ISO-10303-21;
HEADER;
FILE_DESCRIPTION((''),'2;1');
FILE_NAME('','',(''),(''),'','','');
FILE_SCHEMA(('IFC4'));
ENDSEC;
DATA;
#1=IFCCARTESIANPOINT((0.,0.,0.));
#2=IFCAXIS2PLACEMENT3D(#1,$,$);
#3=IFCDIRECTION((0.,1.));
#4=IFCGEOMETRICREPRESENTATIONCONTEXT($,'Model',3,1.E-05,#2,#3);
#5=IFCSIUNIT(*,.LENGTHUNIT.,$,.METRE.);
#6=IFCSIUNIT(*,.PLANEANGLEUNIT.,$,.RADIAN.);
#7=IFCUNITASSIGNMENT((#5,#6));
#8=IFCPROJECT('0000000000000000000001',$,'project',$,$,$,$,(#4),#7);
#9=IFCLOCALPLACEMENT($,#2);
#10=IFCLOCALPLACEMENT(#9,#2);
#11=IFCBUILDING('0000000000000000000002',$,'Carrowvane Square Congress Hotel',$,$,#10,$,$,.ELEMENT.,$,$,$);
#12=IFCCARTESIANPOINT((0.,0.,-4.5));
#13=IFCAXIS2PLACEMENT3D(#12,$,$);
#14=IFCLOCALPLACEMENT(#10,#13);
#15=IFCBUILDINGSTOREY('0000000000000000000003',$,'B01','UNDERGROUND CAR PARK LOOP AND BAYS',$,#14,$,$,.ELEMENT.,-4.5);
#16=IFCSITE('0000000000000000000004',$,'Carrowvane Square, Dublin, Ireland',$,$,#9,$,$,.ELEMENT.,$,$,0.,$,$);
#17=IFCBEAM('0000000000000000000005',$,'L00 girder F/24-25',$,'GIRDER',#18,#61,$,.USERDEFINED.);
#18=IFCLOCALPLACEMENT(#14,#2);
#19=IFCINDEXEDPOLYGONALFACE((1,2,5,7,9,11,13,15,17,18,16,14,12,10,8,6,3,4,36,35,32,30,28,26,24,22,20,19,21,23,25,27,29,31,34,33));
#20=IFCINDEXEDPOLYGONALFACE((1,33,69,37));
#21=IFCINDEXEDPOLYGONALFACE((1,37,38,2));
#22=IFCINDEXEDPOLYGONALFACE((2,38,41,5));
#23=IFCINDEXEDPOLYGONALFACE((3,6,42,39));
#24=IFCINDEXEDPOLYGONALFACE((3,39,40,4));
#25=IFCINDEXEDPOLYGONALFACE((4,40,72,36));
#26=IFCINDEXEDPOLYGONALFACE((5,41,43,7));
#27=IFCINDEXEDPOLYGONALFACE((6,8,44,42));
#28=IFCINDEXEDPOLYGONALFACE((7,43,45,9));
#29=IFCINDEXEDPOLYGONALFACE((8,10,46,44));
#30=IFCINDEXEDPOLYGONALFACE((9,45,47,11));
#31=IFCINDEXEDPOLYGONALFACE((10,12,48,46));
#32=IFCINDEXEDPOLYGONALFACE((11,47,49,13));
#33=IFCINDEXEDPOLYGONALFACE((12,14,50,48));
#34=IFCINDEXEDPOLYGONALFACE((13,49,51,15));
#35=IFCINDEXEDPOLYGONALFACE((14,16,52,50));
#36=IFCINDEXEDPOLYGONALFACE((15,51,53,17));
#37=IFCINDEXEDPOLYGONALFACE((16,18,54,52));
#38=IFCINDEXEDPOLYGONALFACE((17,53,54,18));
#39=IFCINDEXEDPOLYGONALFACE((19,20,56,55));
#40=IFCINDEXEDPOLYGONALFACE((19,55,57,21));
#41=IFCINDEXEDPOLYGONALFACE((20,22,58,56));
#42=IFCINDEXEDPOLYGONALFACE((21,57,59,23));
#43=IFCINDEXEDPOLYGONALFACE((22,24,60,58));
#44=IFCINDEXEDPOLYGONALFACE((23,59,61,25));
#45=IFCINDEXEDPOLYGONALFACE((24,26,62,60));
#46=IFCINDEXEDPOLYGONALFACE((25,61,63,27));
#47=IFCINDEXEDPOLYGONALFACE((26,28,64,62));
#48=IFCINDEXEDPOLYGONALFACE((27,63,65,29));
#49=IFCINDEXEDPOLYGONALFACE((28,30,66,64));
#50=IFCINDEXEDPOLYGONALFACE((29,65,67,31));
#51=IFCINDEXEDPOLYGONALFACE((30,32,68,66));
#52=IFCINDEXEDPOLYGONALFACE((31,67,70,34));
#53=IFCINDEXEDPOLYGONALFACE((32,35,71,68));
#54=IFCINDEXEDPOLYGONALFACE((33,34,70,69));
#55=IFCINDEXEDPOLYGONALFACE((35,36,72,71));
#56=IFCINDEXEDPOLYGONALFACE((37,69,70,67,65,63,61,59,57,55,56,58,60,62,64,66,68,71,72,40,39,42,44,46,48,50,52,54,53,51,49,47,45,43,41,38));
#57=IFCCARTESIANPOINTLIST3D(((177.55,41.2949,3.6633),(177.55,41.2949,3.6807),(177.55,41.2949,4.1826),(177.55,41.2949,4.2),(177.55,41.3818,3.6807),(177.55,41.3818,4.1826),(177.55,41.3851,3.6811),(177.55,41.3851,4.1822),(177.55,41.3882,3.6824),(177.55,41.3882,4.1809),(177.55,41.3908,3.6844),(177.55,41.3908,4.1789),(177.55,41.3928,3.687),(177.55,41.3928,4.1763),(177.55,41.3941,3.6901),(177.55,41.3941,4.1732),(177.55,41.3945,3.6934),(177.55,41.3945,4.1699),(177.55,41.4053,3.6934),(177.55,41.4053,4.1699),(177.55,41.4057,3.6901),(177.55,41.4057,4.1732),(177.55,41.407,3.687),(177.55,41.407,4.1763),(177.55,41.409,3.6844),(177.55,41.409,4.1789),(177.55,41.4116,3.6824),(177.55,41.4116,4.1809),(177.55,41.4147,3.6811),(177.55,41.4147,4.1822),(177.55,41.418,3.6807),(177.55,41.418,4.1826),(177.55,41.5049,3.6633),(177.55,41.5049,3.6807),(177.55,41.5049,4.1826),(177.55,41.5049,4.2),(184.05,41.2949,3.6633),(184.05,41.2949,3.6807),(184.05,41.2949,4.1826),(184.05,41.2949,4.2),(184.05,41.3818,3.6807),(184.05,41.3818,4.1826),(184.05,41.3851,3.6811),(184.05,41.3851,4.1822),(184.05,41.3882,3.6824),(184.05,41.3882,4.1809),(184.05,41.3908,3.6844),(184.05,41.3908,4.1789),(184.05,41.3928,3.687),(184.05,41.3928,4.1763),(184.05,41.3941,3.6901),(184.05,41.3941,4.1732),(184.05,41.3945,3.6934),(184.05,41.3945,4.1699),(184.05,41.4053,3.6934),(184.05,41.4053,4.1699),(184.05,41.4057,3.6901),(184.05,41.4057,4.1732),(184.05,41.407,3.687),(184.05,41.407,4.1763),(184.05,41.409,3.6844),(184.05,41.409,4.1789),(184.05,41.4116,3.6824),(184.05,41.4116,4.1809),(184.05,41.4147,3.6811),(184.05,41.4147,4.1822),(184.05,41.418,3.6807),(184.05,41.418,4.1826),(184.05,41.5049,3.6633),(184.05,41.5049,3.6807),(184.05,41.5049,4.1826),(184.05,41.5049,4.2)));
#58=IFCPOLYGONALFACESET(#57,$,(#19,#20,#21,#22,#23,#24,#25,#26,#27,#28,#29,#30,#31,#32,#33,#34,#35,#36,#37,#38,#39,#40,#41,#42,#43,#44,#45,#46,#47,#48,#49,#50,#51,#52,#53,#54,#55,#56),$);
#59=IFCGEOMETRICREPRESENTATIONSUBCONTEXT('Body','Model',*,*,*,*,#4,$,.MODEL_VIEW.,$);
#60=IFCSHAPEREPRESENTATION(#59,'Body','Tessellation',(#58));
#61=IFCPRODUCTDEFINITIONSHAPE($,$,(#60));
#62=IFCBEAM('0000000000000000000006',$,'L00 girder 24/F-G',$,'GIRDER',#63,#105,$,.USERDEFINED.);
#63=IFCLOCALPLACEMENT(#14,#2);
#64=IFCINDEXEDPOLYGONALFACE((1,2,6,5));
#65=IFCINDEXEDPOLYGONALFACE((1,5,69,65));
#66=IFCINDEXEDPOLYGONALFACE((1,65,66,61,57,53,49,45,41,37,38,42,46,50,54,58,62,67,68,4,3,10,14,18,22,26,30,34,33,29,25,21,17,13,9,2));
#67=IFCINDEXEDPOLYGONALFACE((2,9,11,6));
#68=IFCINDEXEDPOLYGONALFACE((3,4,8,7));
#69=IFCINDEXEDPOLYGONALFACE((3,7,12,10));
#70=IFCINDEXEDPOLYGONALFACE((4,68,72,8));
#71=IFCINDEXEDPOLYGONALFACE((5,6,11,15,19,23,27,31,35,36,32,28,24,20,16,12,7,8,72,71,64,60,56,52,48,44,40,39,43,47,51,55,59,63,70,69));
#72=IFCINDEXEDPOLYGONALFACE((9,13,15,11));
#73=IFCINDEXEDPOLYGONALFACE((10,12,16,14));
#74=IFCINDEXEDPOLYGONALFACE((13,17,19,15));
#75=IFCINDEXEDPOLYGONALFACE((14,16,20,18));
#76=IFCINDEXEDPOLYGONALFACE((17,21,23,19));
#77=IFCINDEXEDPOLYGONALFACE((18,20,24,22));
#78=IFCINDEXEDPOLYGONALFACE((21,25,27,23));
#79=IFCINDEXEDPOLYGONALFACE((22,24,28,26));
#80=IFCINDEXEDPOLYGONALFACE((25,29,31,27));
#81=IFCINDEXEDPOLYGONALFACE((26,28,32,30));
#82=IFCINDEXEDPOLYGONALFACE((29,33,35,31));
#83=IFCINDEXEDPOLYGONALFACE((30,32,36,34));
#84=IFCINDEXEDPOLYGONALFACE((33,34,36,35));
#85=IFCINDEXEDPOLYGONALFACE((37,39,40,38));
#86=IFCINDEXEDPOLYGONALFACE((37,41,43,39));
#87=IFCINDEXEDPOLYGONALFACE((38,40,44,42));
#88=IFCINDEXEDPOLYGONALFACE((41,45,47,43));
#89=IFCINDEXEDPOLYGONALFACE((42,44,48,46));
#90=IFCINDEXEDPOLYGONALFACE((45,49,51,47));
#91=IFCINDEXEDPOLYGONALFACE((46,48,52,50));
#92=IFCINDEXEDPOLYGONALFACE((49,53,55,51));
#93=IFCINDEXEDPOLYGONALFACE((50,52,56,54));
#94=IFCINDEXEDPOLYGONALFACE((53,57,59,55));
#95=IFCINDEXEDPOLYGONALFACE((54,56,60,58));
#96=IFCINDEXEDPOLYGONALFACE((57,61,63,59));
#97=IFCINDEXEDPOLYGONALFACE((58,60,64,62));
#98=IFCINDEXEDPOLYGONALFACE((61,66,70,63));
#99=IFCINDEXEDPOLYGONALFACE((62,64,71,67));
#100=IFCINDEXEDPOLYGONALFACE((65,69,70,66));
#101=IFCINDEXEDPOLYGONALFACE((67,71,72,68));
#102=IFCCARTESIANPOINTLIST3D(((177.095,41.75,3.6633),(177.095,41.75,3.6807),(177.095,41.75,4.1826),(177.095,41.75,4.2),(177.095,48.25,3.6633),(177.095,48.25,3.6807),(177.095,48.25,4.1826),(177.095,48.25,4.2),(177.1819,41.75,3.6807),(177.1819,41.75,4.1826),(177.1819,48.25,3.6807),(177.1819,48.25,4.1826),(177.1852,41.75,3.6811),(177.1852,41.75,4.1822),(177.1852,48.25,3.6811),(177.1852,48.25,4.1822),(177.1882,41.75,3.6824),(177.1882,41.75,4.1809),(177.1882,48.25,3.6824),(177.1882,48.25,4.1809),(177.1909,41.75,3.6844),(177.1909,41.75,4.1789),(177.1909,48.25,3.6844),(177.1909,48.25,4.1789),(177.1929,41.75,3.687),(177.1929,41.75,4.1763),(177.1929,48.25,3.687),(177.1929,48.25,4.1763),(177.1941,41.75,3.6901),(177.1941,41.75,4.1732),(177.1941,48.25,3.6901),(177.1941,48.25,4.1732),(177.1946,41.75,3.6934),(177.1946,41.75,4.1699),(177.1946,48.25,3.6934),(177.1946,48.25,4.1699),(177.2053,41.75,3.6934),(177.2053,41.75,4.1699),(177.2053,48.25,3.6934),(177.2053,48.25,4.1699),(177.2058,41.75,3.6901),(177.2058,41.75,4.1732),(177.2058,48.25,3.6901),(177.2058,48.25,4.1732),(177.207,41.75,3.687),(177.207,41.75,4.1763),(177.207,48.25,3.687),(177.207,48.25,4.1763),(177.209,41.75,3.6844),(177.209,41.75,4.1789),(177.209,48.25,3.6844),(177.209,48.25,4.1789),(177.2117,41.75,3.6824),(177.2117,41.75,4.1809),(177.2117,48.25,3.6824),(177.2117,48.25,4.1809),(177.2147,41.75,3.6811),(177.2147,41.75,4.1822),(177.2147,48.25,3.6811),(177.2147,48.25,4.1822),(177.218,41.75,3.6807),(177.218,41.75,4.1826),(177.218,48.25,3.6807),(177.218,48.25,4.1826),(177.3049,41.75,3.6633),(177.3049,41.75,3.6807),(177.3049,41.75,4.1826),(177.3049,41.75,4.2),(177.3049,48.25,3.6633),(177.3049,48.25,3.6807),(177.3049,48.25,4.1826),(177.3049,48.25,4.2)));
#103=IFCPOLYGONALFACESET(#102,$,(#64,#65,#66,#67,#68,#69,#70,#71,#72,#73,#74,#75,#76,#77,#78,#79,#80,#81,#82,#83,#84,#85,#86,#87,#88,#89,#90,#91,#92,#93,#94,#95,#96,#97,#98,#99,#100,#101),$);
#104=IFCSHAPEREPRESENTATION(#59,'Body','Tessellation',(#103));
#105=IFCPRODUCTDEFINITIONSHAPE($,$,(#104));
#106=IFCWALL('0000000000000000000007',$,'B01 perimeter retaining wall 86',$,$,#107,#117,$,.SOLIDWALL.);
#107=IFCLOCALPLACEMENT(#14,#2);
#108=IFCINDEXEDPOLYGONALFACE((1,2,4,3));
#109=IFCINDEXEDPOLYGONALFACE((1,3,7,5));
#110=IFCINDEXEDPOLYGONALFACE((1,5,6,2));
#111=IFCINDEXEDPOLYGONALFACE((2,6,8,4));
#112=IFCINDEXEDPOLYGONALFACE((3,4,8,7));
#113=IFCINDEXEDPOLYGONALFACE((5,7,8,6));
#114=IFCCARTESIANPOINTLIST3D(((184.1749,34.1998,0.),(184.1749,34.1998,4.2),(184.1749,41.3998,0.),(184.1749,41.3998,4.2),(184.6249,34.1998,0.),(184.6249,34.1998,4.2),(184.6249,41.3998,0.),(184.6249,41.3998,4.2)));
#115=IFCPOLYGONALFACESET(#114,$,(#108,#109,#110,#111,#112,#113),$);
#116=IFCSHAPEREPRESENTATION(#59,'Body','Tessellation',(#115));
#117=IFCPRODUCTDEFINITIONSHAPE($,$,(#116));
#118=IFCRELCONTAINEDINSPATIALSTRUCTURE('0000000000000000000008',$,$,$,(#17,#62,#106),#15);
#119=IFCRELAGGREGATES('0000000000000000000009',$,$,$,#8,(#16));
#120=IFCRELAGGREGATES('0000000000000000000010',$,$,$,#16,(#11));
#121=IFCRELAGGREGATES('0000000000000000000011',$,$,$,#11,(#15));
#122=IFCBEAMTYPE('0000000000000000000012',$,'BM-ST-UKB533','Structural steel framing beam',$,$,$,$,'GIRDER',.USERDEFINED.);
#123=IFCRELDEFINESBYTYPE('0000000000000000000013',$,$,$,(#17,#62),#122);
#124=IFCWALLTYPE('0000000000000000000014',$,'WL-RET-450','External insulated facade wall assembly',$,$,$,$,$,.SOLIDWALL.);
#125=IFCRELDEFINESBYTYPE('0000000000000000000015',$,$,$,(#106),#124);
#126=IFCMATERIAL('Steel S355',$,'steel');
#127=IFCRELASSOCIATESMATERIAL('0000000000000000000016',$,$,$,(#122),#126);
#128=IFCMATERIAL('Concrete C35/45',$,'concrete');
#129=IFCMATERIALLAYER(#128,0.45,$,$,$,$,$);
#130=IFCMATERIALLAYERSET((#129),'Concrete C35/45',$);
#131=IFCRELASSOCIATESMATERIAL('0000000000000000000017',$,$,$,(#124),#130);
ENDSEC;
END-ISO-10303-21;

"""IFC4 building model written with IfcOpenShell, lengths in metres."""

from ifc_helpers import new_model, si_unit, direction, frame, frame_2d, origin, origin_2d, place, context, subcontext, project, spatial, rectangle, i_section, extrude, material, layer, layer_set, material_profile, profile_set, type_object, element, save


model = new_model("IFC4")

# Units and contexts
model_context = context("Model", 3, precision=1e-05, world=origin(), true_north=direction((0.0, 1.0)))
body_context = subcontext(model_context, "Body", "Model", "MODEL_VIEW")
ifc_project = project(units=[si_unit("LENGTHUNIT", "METRE"), si_unit("PLANEANGLEUNIT", "RADIAN")], contexts=[model_context])

# Site, building, storey
site_placement = place(None, origin())
site = spatial("IfcSite", under=ifc_project, at=site_placement, Name="Carrowvane Square, Dublin, Ireland", CompositionType="ELEMENT", RefElevation=0.0)
building_placement = place(site_placement, origin())
building = spatial("IfcBuilding", under=site, at=building_placement, Name="Carrowvane Square Congress Hotel", CompositionType="ELEMENT")
storey_placement = place(building_placement, frame((0.0, 0.0, -4.5)))
storey = spatial("IfcBuildingStorey", under=building, at=storey_placement, Name="B01", Description="UNDERGROUND CAR PARK LOOP AND BAYS", CompositionType="ELEMENT", Elevation=-4.5)

# Beams
ifc_material_1 = material(Name="Steel S355", Category="steel")
ifc_material_profile_1 = material_profile(ifc_material_1, i_section(OverallWidth=0.21, OverallDepth=0.5366, WebThickness=0.0107, FlangeThickness=0.0173, FilletRadius=0.0127, at=origin_2d()), Name="UKB 533x210x101")
ifc_profile_set_1 = profile_set([ifc_material_profile_1], Name="Steel S355")
beam_type_1 = type_object("IfcBeamType", Name="BM-ST-UKB533", Description="Structural steel framing beam", ElementType="GIRDER", PredefinedType="USERDEFINED", material=ifc_profile_set_1)
for number, where, z_axis, x_axis, name in (
    (1, (177.55, 41.3999, 3.9316), (1.0, 0.0, 0.0), (0.0, 1.0, 0.0), "L00 girder F/24-25"),
    (2, (177.2, 41.75, 3.9316), (0.0, 1.0, 0.0), (-1.0, 0.0, 0.0), "L00 girder 24/F-G"),
):
    element("IfcBeam", number, at=place(storey_placement, frame(where, z_axis=z_axis, x_axis=x_axis)), inside=storey, type_object=beam_type_1, Name=name, ObjectType="GIRDER", PredefinedType="USERDEFINED", context=body_context, shape_type="SweptSolid", body=[
        extrude(i_section(OverallWidth=0.21, OverallDepth=0.5366, WebThickness=0.0107, FlangeThickness=0.0173, FilletRadius=0.0127, at=origin_2d()), origin(), (0.0, 0.0, 1.0), 6.5),
    ])

# Wall
ifc_material_2 = material(Name="Concrete C35/45", Category="concrete")
ifc_layer = layer(ifc_material_2, 0.45)
ifc_layer_set = layer_set([ifc_layer], Name="Concrete C35/45")
wall_type = type_object("IfcWallType", Name="WL-RET-450", Description="External insulated facade wall assembly", PredefinedType="SOLIDWALL", material=ifc_layer_set)
wall_placement = place(storey_placement, frame((184.3999, 41.3999, 0.0), z_axis=(0.0, 0.0, 1.0), x_axis=(0.0, -1.0, 0.0)))
element("IfcWall", 3, at=wall_placement, inside=storey, type_object=wall_type, Name="B01 perimeter retaining wall 86", PredefinedType="SOLIDWALL", context=body_context, shape_type="SweptSolid", body=[
    extrude(rectangle(XDim=7.2, YDim=0.45, at=frame_2d((3.6001, 0.0))), origin(), (0.0, 0.0, 1.0), 4.2),
])

save(model, "model.ifc")
